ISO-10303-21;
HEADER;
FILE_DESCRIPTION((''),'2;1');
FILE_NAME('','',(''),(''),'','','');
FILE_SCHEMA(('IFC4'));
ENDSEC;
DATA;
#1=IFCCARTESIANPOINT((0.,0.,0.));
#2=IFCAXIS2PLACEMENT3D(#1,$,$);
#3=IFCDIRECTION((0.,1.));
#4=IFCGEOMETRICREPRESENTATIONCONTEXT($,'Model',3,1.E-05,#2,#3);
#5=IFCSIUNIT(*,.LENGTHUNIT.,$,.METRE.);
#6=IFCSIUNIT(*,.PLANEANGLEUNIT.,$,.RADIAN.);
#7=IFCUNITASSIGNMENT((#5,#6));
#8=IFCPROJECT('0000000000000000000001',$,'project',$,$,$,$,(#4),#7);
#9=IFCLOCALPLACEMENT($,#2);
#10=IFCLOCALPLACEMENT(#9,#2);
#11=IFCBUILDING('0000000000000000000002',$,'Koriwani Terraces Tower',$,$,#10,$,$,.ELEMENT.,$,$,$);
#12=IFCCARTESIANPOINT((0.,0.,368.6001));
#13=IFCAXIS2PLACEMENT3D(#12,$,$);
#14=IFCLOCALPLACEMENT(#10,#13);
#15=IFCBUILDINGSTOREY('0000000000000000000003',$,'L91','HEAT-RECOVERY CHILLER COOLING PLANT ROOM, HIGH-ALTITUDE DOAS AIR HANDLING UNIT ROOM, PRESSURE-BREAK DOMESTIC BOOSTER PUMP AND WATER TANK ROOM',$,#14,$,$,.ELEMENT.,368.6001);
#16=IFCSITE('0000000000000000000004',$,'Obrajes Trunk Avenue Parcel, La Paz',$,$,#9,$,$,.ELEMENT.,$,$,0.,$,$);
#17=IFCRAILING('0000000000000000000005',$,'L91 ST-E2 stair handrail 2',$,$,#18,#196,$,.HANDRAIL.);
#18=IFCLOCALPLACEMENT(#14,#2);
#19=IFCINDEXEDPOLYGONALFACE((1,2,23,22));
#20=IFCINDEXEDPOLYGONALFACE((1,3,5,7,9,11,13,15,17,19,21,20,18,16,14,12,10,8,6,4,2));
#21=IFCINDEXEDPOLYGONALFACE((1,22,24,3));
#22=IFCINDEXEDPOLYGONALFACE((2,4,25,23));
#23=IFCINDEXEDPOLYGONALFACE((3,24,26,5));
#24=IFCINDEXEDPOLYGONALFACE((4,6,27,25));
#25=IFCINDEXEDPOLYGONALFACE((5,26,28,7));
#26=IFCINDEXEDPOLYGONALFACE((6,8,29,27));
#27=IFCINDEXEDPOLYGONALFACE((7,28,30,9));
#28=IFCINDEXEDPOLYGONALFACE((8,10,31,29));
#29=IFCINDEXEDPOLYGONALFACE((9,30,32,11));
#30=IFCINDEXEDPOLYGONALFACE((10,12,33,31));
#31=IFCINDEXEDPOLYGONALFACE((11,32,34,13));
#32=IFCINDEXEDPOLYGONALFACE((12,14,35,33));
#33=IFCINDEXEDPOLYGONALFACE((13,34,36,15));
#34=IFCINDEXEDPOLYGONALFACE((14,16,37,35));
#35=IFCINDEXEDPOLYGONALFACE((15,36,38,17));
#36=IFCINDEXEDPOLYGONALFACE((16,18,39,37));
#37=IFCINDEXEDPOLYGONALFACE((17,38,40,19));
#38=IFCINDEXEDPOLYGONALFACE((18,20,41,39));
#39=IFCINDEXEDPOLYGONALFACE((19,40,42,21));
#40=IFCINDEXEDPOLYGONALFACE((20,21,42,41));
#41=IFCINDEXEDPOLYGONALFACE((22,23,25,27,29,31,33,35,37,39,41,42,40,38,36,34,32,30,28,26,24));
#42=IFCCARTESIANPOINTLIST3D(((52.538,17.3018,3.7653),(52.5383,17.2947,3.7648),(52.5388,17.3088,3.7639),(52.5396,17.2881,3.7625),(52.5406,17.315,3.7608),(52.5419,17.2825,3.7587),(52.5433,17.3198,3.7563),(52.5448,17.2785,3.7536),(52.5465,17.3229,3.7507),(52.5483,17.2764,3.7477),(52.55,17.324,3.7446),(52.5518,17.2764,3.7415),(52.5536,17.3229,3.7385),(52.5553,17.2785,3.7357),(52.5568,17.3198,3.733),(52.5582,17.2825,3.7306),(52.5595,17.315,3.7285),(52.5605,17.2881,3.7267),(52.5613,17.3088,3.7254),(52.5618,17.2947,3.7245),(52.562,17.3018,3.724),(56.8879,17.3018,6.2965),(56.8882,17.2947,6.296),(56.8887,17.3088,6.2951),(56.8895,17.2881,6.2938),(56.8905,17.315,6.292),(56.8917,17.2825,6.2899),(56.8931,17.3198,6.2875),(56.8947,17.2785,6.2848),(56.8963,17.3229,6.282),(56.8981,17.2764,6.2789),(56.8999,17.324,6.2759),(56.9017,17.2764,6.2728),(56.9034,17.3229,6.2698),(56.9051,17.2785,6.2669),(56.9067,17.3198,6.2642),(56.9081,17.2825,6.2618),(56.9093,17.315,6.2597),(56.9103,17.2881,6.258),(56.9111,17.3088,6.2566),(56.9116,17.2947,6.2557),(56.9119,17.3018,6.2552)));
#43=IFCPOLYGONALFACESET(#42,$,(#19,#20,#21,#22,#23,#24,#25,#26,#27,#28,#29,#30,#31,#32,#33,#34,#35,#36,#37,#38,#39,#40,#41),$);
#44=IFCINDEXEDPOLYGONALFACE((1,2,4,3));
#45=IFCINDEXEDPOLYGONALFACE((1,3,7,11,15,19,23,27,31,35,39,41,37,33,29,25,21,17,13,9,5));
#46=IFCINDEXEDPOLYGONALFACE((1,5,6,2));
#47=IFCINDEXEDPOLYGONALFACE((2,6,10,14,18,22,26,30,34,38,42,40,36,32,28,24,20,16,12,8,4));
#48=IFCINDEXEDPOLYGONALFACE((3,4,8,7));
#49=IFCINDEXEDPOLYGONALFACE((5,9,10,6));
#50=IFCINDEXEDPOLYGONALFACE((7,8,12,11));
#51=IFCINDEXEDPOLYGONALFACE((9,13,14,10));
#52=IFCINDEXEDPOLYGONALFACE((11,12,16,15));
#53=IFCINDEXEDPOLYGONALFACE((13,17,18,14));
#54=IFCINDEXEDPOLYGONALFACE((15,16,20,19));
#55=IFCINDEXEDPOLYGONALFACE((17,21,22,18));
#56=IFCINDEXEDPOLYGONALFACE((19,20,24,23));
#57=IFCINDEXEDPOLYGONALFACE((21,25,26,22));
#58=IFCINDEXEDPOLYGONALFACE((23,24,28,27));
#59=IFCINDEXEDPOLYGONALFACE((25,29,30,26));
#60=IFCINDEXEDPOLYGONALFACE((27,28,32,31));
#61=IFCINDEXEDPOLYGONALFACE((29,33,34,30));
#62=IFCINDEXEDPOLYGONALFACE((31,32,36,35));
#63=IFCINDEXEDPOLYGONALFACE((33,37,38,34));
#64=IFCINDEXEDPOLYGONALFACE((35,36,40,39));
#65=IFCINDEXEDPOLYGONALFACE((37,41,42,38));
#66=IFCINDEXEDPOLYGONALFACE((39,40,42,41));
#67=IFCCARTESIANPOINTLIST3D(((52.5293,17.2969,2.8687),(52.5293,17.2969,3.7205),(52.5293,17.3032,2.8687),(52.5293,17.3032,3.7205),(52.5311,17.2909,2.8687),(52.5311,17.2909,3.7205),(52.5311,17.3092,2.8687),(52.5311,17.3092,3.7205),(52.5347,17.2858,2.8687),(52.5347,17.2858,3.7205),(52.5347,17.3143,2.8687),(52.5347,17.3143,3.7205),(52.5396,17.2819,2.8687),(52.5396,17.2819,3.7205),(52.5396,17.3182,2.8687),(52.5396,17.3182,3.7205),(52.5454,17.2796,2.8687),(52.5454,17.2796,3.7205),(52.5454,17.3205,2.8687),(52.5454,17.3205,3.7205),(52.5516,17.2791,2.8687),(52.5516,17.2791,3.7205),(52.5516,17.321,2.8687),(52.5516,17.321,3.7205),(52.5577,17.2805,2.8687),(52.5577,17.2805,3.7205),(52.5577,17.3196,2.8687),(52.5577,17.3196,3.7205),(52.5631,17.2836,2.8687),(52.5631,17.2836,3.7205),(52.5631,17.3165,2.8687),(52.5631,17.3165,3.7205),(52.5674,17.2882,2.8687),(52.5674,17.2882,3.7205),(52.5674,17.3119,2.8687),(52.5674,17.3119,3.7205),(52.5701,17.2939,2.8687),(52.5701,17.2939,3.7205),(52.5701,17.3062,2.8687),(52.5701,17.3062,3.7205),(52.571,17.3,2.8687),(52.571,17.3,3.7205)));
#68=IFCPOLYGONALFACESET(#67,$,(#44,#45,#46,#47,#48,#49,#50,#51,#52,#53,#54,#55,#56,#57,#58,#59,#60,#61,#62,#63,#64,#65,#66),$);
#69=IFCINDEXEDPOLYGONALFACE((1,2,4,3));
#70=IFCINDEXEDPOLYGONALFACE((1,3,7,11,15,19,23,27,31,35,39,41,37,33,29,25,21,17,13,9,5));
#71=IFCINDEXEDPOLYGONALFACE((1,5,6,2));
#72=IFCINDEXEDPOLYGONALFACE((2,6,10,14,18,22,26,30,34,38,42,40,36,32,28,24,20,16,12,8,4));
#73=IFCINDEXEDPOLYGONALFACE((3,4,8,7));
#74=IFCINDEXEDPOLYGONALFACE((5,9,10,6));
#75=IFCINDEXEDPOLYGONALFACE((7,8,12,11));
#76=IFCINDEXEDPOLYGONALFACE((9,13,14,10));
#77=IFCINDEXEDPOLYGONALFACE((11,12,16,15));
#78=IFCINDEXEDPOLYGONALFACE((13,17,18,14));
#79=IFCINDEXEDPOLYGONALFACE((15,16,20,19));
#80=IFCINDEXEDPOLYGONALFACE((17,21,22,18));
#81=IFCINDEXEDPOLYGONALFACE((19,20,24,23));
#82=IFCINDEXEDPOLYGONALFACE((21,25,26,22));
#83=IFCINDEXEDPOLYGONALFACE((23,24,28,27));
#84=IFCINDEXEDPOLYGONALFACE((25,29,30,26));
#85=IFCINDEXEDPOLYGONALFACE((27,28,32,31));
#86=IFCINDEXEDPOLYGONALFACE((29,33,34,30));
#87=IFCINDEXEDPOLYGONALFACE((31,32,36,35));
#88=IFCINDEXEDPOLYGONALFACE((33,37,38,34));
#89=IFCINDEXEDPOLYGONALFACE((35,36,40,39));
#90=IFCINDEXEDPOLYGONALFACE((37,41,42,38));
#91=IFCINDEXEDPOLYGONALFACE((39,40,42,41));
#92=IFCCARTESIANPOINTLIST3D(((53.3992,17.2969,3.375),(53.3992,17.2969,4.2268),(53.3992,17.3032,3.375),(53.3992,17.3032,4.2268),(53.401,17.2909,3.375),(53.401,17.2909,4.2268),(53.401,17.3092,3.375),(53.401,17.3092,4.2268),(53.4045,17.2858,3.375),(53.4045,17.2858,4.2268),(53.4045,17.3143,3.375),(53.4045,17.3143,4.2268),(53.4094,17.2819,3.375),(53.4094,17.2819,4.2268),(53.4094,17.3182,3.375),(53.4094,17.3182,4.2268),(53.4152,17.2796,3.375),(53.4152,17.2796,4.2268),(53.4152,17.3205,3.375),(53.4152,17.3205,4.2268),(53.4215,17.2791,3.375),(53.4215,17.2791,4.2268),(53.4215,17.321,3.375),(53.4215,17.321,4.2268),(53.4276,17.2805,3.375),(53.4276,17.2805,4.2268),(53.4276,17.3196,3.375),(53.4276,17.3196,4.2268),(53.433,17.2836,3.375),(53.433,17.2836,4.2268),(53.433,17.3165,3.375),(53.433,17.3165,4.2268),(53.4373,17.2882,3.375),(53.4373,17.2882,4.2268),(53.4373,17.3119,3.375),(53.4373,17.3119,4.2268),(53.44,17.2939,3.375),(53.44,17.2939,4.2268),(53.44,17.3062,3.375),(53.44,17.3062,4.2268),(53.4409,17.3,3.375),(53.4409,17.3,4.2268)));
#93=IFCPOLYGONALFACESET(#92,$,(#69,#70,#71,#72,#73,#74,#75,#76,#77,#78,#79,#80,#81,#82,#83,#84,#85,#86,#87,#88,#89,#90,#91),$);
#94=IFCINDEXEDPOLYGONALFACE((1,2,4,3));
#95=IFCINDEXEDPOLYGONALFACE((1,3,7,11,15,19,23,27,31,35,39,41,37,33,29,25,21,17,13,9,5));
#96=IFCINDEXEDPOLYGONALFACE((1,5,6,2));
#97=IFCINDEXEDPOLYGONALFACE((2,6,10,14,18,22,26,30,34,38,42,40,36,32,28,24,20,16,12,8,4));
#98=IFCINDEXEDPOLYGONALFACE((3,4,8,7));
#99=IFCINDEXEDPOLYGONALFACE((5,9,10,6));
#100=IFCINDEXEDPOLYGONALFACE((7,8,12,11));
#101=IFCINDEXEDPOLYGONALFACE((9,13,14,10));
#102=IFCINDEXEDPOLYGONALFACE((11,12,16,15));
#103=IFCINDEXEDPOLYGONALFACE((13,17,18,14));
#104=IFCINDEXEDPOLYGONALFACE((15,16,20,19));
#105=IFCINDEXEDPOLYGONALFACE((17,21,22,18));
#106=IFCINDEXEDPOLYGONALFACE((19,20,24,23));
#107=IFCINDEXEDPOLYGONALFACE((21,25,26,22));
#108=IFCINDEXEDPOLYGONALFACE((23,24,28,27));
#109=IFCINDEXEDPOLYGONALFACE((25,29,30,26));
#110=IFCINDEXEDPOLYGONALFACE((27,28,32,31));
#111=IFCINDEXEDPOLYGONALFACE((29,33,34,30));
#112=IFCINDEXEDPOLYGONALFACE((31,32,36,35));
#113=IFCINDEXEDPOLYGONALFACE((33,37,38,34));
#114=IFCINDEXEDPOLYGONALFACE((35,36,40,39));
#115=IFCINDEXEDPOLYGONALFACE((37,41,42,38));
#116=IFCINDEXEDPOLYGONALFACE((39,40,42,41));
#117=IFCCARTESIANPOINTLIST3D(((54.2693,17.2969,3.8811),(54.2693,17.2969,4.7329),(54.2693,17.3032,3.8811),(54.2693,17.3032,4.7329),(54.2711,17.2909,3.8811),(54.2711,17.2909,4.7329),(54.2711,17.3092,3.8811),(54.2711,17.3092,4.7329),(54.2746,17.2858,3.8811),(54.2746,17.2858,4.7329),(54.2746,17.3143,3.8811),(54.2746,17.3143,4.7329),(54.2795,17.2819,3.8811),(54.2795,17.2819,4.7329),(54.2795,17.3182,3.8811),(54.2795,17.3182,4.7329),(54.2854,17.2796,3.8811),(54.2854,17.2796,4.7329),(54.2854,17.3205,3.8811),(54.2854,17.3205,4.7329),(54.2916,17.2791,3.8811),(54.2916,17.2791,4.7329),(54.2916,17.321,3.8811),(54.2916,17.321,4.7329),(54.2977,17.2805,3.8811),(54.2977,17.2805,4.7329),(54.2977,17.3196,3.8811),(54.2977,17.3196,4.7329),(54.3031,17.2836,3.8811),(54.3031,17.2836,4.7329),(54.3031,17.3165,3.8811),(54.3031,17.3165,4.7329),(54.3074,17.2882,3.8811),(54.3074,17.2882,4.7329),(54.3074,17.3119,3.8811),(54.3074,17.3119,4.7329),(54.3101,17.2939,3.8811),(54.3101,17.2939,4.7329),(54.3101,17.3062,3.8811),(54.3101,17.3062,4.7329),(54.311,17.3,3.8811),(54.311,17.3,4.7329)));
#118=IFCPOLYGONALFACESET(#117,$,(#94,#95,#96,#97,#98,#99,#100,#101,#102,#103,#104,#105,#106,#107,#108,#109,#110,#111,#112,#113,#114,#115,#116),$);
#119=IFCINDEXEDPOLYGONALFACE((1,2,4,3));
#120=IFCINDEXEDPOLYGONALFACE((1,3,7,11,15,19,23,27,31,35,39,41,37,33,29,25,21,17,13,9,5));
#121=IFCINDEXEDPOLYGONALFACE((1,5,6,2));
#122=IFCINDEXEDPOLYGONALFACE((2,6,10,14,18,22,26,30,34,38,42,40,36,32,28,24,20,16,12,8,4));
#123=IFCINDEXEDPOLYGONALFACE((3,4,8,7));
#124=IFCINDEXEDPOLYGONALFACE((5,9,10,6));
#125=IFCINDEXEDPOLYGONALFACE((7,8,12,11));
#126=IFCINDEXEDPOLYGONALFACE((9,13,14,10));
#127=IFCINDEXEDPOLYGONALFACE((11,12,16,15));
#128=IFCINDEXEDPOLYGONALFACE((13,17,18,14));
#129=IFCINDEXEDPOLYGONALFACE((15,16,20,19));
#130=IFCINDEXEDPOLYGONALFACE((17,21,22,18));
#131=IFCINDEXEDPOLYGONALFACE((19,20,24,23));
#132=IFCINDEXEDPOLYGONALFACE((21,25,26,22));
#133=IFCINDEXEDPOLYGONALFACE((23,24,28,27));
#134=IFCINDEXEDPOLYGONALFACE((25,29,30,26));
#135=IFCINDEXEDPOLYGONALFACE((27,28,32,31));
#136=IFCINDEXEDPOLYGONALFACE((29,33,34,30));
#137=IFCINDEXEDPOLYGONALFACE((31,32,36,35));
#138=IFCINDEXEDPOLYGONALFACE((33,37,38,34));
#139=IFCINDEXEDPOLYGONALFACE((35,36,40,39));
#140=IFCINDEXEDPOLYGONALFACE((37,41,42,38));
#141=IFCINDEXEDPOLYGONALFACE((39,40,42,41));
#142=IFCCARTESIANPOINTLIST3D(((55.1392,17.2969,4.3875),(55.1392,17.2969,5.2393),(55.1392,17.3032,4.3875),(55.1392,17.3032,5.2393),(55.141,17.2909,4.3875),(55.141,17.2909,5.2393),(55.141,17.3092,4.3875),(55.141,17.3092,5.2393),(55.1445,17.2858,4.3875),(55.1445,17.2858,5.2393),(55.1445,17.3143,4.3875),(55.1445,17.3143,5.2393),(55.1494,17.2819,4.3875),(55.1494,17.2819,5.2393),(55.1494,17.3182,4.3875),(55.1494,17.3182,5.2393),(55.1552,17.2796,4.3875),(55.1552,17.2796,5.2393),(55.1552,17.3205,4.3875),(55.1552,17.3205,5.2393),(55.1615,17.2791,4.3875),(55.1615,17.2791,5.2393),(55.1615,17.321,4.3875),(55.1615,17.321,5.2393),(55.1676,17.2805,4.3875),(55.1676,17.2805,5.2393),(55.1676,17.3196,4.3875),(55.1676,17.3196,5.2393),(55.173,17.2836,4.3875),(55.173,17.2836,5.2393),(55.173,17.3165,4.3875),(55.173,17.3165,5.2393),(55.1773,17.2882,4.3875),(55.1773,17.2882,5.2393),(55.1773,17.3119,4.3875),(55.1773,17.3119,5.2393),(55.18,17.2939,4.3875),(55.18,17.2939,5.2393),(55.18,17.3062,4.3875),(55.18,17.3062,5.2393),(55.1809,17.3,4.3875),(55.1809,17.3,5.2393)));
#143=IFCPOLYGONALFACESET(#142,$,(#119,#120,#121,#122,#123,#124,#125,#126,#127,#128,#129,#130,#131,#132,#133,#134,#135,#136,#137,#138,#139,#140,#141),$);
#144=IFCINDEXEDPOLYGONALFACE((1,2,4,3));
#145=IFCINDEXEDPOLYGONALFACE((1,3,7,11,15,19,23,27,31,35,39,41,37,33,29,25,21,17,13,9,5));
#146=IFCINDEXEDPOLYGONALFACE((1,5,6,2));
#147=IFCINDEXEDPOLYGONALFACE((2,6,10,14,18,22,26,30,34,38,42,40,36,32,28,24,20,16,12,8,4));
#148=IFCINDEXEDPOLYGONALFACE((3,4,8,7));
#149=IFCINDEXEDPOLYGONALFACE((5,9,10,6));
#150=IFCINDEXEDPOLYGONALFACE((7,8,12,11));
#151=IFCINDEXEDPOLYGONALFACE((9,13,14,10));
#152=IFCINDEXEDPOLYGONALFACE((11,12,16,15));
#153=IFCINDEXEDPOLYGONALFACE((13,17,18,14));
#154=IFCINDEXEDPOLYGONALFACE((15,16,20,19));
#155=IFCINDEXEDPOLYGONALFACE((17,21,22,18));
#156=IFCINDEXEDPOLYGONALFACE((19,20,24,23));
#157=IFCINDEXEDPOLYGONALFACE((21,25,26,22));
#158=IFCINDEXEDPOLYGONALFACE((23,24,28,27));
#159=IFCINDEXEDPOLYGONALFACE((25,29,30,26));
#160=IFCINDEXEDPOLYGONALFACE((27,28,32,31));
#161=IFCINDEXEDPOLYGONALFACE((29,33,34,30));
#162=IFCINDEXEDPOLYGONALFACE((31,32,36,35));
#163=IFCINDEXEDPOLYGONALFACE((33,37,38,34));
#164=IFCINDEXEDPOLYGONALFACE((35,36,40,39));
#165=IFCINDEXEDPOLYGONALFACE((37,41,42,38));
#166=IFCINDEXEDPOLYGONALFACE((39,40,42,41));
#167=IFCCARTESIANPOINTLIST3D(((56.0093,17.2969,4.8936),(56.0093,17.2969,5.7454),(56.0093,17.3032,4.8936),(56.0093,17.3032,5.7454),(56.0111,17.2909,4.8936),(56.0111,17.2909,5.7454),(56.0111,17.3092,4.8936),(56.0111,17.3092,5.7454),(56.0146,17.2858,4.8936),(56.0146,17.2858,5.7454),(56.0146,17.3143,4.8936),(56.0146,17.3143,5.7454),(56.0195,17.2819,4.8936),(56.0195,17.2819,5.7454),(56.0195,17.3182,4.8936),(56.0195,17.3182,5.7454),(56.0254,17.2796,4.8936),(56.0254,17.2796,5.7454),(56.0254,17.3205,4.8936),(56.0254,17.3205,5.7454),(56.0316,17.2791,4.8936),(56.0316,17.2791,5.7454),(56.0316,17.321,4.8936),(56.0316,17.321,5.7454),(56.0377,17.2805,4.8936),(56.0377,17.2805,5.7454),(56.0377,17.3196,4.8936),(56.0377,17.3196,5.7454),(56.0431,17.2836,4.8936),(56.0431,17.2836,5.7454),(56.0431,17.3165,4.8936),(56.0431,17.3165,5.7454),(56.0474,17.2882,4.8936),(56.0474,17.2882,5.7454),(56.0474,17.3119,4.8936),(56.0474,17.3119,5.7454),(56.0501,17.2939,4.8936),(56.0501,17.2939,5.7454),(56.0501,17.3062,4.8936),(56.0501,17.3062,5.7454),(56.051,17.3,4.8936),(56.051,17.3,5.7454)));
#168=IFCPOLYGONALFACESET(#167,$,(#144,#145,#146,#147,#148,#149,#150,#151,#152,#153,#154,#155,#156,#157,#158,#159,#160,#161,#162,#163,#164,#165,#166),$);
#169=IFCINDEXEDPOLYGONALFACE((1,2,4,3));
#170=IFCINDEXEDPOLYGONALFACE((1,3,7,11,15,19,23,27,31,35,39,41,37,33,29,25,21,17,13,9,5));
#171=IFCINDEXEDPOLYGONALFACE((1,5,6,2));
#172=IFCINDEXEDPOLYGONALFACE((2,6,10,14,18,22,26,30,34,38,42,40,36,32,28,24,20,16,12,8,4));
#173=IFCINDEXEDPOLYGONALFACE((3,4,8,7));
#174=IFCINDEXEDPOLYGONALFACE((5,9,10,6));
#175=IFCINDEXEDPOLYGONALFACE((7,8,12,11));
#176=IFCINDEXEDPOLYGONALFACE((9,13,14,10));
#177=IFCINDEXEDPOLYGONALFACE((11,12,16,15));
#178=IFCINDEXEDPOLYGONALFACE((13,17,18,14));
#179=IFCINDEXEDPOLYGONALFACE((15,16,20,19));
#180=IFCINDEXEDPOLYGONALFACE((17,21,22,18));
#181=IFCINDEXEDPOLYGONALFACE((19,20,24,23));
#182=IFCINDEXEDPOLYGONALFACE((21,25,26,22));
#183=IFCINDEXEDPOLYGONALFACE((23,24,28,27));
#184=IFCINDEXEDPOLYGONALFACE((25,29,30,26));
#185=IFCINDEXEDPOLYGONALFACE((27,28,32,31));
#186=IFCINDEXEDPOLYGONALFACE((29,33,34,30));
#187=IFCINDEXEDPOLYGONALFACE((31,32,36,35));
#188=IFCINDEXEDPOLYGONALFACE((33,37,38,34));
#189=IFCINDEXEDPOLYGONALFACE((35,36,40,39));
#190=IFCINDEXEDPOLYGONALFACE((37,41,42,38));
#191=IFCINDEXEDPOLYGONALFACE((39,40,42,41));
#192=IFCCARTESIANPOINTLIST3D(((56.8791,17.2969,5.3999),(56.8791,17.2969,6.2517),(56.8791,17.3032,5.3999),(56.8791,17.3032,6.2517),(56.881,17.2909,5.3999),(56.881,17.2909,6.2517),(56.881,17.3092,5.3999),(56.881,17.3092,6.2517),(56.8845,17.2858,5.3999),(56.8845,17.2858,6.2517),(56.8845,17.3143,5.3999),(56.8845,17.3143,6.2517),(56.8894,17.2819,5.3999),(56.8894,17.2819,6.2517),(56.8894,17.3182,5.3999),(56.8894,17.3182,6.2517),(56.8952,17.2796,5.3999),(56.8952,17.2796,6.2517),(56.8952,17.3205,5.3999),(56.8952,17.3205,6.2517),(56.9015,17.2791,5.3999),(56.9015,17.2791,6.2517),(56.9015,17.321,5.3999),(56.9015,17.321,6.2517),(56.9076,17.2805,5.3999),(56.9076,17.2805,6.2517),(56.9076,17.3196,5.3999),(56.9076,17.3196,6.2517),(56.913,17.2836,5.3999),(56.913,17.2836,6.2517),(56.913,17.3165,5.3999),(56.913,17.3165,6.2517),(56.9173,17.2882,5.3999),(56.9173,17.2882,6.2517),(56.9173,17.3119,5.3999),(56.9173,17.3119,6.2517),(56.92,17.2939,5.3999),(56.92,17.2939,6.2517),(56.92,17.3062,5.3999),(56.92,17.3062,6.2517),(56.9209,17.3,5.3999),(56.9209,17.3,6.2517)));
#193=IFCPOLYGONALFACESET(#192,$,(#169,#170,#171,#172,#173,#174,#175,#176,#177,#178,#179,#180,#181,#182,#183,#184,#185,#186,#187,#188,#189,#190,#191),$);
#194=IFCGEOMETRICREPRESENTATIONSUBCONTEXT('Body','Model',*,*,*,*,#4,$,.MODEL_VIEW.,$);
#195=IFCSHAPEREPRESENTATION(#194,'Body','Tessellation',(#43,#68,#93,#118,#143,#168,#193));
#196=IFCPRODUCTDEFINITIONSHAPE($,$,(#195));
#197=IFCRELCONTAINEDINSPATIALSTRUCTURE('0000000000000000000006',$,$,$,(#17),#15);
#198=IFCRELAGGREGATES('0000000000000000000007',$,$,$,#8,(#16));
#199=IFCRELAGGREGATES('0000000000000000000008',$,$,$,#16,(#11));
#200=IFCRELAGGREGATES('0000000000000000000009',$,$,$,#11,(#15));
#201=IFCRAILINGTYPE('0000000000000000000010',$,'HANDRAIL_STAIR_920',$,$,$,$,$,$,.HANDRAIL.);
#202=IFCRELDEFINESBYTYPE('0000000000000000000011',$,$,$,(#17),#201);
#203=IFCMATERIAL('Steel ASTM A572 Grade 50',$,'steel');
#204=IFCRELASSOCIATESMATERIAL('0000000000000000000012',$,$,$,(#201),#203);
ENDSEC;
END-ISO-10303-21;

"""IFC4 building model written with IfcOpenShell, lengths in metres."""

from ifc_helpers import new_model, si_unit, direction, frame, origin, origin_2d, place, context, subcontext, project, spatial, circle, extrude, material, type_object, element, save


model = new_model("IFC4")

# Units and contexts
model_context = context("Model", 3, precision=1e-05, world=origin(), true_north=direction((0.0, 1.0)))
body_context = subcontext(model_context, "Body", "Model", "MODEL_VIEW")
ifc_project = project(units=[si_unit("LENGTHUNIT", "METRE"), si_unit("PLANEANGLEUNIT", "RADIAN")], contexts=[model_context])

# Site, building, storey
site_placement = place(None, origin())
site = spatial("IfcSite", under=ifc_project, at=site_placement, Name="Obrajes Trunk Avenue Parcel, La Paz", CompositionType="ELEMENT", RefElevation=0.0)
building_placement = place(site_placement, origin())
building = spatial("IfcBuilding", under=site, at=building_placement, Name="Koriwani Terraces Tower", CompositionType="ELEMENT")
storey_placement = place(building_placement, frame((0.0, 0.0, 368.6001)))
storey = spatial("IfcBuildingStorey", under=building, at=storey_placement, Name="L91", Description="HEAT-RECOVERY CHILLER COOLING PLANT ROOM, HIGH-ALTITUDE DOAS AIR HANDLING UNIT ROOM, PRESSURE-BREAK DOMESTIC BOOSTER PUMP AND WATER TANK ROOM", CompositionType="ELEMENT", Elevation=368.6001)

# Shared definitions
ifc_material_1 = material(Name="Steel ASTM A572 Grade 50", Category="steel")

# Railing
railing_type_1 = type_object("IfcRailingType", Name="HANDRAIL_STAIR_920", PredefinedType="HANDRAIL", material=ifc_material_1)
railing_1_placement = place(storey_placement, frame((52.55, 17.3, 2.8687)))
element("IfcRailing", 1, at=railing_1_placement, inside=storey, type_object=railing_type_1, Name="L91 ST-E2 stair handrail 2", PredefinedType="HANDRAIL", context=body_context, shape_type="SweptSolid", body=[
    extrude(circle(Radius=0.0239, at=origin_2d()), frame((0.0, 0.0, 0.876), z_axis=(0.864312, 0.0, 0.502957), x_axis=(0.0, 1.0, 0.0)), (0.0, 0.0, 1.0), 5.0327),
    extrude(circle(Radius=0.021, at=origin_2d()), origin(), (0.0, 0.0, 1.0), 0.8518),
    extrude(circle(Radius=0.021, at=origin_2d()), frame((0.8699, 0.0, 0.5063)), (0.0, 0.0, 1.0), 0.8518),
    extrude(circle(Radius=0.021, at=origin_2d()), frame((1.74, 0.0, 1.0125)), (0.0, 0.0, 1.0), 0.8518),
    extrude(circle(Radius=0.021, at=origin_2d()), frame((2.6099, 0.0, 1.5188)), (0.0, 0.0, 1.0), 0.8518),
    extrude(circle(Radius=0.021, at=origin_2d()), frame((3.48, 0.0, 2.0249)), (0.0, 0.0, 1.0), 0.8518),
    extrude(circle(Radius=0.021, at=origin_2d()), frame((4.3499, 0.0, 2.5312)), (0.0, 0.0, 1.0), 0.8518),
])

save(model, "model.ifc")
